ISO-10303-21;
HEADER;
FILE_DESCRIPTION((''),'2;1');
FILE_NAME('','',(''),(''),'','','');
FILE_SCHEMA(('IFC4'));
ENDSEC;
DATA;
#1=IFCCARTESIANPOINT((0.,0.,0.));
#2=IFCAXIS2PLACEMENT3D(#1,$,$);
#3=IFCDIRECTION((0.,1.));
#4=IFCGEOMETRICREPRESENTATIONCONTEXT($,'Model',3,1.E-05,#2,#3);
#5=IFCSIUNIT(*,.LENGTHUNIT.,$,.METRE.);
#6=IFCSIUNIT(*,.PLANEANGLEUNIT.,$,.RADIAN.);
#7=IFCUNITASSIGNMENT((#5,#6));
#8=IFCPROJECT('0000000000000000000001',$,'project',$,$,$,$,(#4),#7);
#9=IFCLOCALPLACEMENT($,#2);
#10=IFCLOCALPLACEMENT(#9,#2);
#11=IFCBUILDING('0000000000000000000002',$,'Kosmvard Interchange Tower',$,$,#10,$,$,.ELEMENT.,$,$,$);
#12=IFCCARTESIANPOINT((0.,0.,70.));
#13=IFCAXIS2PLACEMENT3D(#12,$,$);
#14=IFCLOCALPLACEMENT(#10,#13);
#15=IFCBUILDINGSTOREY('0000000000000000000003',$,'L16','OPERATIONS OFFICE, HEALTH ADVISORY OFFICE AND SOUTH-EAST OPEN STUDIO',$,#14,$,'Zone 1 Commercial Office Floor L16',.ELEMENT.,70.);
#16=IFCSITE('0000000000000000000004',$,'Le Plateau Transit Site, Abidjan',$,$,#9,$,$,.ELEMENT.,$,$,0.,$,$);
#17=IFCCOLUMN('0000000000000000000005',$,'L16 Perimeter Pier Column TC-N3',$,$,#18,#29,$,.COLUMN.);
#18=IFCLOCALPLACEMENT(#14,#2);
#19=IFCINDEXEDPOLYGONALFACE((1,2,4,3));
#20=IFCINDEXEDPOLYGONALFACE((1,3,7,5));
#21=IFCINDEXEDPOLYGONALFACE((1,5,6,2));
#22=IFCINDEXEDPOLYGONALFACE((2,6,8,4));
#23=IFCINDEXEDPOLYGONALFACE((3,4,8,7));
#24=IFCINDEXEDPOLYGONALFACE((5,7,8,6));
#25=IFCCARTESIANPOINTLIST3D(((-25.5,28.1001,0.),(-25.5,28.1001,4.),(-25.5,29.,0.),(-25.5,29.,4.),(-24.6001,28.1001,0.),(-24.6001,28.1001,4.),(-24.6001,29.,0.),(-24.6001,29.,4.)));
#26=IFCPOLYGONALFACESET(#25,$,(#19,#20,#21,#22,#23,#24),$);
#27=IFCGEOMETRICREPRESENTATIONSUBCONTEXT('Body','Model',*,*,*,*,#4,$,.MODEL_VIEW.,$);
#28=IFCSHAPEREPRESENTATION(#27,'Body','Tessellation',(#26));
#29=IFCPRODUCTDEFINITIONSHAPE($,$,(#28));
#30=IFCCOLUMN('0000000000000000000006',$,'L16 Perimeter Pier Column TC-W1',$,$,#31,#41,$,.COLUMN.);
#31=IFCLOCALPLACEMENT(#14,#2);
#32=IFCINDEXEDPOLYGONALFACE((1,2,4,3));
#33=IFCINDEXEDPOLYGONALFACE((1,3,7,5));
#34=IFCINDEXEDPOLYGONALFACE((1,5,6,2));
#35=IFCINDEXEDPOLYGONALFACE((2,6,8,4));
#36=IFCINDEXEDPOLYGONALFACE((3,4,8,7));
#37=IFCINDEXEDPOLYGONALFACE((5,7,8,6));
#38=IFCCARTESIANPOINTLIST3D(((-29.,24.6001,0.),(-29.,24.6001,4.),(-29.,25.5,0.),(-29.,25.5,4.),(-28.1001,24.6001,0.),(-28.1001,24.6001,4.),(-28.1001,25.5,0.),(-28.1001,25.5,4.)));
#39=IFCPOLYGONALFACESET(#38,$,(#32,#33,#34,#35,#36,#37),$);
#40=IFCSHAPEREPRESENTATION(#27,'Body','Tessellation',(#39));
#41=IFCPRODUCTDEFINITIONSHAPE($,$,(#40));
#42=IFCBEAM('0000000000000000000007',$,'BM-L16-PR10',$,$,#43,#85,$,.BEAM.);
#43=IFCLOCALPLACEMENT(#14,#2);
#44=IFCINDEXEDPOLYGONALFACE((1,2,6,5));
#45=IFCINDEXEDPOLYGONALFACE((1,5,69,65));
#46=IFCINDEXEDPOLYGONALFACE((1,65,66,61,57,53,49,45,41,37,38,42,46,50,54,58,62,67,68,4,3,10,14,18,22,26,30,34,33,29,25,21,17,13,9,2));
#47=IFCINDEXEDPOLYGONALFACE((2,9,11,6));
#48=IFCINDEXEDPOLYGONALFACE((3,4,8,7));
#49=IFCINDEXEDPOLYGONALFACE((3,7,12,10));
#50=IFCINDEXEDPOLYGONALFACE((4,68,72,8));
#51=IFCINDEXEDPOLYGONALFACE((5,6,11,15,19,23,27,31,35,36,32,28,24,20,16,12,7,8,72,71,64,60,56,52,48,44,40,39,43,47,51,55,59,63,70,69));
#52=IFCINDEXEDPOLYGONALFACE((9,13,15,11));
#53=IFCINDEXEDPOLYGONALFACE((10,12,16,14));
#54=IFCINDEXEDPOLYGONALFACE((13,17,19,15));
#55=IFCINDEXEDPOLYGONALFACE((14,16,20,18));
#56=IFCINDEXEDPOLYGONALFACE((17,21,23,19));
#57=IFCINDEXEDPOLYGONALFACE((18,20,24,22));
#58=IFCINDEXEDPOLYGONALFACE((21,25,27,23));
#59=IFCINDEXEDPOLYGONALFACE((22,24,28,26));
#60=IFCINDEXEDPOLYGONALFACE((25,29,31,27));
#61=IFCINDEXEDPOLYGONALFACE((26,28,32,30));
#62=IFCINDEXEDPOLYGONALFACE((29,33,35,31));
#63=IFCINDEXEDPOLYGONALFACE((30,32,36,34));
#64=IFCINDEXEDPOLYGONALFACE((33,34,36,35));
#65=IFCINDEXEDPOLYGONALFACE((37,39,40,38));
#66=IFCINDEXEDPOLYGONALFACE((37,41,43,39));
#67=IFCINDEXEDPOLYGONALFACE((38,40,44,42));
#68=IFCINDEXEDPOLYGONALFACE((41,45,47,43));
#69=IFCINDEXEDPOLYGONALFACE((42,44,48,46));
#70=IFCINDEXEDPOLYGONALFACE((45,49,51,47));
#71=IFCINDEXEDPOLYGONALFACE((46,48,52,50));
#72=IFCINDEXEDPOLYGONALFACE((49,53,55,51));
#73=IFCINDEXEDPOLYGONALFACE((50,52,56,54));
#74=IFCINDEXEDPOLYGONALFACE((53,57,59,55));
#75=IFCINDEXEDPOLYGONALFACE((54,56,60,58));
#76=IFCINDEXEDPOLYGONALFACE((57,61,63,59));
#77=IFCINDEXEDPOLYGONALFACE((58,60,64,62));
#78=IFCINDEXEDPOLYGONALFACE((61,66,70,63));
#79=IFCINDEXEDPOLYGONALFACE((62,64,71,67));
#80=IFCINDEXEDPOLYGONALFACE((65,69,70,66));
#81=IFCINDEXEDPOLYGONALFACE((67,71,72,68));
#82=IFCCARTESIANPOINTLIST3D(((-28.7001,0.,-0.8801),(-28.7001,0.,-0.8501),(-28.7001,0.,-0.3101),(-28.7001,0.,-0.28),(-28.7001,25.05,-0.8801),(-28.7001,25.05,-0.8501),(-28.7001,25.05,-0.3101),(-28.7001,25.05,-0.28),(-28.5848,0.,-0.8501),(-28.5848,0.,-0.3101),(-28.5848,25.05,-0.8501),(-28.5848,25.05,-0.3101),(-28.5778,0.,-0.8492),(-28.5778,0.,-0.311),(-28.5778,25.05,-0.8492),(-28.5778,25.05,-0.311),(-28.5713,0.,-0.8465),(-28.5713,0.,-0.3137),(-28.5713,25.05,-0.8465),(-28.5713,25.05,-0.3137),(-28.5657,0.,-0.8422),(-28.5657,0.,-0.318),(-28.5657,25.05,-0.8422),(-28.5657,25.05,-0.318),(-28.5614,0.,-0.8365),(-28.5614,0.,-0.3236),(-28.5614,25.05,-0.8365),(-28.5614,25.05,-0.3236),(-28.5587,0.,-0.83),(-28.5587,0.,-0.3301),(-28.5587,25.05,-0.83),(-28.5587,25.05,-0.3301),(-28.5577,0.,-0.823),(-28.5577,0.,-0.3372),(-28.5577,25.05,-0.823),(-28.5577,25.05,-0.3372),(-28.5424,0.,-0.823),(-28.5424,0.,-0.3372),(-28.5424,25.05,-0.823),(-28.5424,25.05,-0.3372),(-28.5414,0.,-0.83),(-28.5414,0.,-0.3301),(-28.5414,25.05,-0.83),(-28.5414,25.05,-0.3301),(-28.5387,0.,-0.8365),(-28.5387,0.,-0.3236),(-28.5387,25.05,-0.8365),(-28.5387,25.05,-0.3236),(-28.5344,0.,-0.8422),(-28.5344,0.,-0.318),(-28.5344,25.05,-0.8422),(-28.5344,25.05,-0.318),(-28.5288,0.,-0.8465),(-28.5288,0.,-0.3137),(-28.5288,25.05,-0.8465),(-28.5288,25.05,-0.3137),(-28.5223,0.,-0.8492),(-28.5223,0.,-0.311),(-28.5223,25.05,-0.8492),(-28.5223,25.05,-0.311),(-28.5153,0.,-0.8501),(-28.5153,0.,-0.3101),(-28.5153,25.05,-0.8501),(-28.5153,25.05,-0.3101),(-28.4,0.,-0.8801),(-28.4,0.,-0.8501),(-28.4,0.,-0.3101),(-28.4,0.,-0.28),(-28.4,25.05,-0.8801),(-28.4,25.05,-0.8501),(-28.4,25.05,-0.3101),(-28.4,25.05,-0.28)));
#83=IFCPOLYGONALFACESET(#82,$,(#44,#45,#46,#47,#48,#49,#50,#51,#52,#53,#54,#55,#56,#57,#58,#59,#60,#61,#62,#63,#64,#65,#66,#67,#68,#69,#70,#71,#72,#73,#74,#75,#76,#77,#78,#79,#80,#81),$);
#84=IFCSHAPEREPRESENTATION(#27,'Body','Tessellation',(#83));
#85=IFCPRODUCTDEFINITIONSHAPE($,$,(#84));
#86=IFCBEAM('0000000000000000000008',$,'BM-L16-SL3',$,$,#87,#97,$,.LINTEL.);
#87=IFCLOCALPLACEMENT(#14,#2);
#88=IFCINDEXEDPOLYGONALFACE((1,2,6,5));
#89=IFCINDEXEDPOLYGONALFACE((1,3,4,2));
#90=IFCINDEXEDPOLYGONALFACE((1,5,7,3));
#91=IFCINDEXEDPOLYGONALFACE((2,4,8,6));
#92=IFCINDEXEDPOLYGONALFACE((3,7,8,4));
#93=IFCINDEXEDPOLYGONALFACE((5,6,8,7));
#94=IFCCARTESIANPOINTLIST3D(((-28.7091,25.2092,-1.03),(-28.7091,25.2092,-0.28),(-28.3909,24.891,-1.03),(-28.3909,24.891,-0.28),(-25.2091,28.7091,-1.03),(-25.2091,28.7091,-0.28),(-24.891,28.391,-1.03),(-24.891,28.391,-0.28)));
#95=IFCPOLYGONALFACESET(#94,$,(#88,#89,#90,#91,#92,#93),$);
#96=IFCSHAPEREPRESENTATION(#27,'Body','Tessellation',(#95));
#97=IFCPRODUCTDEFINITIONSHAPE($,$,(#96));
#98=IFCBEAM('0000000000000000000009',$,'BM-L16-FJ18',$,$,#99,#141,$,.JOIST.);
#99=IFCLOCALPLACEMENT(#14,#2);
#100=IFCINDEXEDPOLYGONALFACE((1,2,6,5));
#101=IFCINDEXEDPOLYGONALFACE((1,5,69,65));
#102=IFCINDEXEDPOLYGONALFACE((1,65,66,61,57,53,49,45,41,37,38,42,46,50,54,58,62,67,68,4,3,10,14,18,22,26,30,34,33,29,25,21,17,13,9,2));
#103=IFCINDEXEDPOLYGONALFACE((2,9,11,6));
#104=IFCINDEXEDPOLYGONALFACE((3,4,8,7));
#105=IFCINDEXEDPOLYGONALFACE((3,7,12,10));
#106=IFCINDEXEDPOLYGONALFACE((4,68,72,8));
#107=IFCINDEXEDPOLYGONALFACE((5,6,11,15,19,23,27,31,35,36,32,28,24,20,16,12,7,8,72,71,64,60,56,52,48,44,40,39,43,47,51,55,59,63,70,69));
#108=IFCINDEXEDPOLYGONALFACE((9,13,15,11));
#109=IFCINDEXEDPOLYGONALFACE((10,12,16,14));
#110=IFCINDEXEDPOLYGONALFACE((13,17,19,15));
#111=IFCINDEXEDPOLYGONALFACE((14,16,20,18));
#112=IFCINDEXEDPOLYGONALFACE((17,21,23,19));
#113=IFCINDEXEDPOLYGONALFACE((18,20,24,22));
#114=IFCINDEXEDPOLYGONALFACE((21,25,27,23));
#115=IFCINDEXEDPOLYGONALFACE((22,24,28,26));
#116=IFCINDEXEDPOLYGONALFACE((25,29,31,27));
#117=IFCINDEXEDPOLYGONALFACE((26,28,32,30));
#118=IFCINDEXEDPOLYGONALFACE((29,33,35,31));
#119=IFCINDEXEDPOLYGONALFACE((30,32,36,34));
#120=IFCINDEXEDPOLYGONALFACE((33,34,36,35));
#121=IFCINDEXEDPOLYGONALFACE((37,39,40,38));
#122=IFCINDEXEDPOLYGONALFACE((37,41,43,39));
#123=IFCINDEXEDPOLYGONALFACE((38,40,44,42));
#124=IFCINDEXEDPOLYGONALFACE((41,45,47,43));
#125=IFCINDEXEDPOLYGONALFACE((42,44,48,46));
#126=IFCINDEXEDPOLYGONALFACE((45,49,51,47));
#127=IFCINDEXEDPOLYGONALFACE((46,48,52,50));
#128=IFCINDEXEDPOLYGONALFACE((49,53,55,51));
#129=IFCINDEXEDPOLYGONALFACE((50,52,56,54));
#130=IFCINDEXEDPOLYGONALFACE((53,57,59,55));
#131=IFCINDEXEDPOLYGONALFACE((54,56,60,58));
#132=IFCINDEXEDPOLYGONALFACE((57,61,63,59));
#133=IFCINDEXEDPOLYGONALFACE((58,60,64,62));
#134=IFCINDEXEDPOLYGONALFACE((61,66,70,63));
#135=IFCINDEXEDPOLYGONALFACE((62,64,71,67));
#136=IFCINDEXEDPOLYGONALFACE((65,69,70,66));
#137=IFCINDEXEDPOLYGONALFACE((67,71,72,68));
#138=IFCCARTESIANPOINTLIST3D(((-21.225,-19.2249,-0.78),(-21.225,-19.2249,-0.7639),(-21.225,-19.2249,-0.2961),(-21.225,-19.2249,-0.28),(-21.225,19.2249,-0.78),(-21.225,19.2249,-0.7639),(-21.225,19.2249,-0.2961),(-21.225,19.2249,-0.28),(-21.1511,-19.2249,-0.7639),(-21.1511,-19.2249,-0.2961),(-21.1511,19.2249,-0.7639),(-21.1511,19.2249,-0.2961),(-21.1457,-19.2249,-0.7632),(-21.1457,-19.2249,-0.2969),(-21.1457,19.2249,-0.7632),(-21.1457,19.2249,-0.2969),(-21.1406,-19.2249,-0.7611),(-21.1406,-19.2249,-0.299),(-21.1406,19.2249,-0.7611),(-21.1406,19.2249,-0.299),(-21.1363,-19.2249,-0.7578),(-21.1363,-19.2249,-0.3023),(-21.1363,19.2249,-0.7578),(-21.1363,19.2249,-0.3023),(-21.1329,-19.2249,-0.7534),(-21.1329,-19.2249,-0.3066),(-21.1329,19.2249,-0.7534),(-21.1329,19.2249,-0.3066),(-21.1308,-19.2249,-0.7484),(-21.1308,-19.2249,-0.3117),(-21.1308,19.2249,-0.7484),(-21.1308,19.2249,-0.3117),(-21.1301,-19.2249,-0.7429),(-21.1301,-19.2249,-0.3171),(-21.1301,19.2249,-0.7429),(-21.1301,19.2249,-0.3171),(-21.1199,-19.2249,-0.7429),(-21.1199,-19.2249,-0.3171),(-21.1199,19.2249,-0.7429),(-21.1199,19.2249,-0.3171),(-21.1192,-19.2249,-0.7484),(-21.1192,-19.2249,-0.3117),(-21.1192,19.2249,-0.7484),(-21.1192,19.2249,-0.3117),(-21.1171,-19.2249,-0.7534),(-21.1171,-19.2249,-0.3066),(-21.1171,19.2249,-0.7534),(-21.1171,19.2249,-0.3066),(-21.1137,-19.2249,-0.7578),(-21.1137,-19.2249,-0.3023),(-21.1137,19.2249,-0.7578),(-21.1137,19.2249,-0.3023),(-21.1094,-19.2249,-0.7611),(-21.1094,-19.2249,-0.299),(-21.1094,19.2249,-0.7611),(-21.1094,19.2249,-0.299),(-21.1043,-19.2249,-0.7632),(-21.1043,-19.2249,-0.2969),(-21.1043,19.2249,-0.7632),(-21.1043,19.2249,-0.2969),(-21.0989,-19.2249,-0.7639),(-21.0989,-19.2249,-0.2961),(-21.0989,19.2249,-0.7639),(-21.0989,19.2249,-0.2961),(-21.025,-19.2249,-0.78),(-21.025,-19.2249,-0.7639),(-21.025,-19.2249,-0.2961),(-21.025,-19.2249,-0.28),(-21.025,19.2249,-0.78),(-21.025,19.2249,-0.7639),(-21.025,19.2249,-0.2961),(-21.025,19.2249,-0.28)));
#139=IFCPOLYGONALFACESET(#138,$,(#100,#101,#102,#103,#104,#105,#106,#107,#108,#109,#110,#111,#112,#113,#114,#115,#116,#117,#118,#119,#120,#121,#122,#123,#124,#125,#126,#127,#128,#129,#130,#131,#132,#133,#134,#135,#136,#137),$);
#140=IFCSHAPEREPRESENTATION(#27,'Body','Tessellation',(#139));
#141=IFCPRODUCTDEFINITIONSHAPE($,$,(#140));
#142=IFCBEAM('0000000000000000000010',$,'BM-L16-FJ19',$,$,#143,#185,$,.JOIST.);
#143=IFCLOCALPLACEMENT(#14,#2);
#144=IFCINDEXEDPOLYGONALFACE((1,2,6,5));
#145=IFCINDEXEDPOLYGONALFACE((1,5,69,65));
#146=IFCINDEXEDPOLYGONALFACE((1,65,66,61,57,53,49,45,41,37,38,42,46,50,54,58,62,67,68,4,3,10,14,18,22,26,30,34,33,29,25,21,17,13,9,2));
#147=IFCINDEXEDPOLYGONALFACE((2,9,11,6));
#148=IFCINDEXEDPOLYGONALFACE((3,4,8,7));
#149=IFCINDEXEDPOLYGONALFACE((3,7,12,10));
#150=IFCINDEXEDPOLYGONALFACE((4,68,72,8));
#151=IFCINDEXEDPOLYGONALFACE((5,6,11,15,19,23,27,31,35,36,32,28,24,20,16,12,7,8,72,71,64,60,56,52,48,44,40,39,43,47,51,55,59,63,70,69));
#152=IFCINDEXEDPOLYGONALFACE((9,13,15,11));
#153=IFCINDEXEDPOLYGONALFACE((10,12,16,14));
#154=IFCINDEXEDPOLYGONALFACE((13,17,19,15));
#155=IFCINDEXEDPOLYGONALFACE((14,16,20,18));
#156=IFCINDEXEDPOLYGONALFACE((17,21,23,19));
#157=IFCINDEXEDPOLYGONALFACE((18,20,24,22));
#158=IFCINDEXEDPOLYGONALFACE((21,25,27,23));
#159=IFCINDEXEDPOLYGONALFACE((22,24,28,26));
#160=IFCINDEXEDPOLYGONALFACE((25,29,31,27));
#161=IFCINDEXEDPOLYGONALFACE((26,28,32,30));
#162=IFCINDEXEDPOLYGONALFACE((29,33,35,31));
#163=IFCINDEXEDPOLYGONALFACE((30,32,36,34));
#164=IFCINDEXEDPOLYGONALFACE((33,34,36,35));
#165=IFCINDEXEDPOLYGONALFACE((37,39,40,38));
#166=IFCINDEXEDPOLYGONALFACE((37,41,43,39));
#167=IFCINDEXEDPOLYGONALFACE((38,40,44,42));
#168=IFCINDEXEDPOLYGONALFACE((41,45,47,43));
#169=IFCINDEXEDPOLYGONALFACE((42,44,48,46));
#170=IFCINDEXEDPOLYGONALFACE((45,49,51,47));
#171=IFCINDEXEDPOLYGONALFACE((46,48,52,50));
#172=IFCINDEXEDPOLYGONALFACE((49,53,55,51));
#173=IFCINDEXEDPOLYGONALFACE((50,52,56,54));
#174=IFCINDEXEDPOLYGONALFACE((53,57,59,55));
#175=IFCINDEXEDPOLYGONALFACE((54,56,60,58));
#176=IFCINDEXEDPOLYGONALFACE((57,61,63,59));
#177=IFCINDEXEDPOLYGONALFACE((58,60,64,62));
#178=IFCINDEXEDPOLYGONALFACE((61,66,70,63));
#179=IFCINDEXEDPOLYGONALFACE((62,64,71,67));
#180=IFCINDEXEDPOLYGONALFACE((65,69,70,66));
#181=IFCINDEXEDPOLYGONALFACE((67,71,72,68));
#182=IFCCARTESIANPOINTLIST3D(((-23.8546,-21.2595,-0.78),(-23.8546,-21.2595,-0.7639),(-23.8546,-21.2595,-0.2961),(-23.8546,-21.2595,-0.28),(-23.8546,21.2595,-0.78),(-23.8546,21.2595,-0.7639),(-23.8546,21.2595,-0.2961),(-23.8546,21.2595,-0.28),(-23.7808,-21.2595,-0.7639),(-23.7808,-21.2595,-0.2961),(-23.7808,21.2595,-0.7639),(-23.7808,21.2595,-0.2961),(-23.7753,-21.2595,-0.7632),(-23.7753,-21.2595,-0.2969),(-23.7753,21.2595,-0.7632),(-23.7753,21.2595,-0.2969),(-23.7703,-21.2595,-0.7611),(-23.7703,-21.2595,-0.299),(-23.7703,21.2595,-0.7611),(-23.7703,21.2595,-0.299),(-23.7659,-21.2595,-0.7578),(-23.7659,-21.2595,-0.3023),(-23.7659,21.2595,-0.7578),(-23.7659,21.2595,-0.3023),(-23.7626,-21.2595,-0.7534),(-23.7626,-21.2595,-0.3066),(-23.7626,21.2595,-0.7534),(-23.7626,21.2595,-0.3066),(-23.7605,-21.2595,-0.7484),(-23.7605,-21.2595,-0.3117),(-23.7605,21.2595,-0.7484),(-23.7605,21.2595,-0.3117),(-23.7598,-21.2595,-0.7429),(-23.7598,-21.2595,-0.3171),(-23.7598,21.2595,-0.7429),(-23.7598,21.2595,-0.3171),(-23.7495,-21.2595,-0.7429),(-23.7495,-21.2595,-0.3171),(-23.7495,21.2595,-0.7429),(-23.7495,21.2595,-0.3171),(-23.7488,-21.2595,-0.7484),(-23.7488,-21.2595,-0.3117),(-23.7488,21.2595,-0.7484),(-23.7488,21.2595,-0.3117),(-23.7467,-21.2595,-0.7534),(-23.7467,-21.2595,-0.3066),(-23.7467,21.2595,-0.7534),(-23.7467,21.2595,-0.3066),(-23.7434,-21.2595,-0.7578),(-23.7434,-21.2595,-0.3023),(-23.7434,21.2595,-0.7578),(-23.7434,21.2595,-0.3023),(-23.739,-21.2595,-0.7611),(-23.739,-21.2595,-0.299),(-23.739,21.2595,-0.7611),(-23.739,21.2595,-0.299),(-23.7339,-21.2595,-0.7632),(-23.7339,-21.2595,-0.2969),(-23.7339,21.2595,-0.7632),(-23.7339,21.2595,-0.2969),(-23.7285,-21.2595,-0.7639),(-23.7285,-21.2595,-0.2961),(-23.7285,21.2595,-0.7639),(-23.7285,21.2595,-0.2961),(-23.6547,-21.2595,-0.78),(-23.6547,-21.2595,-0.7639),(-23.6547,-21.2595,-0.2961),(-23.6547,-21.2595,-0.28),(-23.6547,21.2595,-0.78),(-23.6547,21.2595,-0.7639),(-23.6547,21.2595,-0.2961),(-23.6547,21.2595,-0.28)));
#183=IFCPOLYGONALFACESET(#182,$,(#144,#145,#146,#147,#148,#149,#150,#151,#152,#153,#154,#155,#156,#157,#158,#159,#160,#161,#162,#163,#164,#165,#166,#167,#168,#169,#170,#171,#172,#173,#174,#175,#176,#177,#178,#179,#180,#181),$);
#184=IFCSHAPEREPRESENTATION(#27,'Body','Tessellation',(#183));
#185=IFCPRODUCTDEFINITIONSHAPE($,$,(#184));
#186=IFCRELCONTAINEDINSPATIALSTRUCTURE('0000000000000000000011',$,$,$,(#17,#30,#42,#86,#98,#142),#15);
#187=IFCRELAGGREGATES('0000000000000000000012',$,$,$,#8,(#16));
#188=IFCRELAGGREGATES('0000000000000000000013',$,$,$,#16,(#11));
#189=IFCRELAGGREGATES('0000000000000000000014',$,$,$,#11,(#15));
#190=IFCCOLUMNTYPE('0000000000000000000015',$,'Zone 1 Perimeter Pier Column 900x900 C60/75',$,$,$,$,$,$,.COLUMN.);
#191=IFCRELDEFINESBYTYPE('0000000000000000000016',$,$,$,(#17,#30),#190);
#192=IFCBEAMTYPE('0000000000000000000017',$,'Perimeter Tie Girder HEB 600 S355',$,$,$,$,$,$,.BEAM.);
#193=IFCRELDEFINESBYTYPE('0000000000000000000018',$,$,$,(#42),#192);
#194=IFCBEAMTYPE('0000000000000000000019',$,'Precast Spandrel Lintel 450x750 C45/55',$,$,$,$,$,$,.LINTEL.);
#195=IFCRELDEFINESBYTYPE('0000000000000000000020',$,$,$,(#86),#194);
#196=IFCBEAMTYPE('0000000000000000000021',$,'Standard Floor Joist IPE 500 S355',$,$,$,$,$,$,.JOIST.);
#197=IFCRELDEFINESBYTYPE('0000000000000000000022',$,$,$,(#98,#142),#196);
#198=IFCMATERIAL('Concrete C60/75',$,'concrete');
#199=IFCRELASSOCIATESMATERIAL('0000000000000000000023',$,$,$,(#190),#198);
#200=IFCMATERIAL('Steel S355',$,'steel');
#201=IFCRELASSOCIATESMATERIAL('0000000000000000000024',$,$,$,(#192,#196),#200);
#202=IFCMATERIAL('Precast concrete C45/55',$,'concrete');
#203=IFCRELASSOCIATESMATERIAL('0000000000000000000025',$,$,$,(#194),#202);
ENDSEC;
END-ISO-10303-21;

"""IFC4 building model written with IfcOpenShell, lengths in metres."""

from ifc_helpers import new_model, si_unit, direction, frame, origin, origin_2d, place, context, subcontext, project, spatial, rectangle, i_section, extrude, source, transform, mapped, material, material_profile, profile_set, type_object, element, save


model = new_model("IFC4")

# Units and contexts
model_context = context("Model", 3, precision=1e-05, world=origin(), true_north=direction((0.0, 1.0)))
body_context = subcontext(model_context, "Body", "Model", "MODEL_VIEW")
ifc_project = project(units=[si_unit("LENGTHUNIT", "METRE"), si_unit("PLANEANGLEUNIT", "RADIAN")], contexts=[model_context])

# Site, building, storey
site_placement = place(None, origin())
site = spatial("IfcSite", under=ifc_project, at=site_placement, Name="Le Plateau Transit Site, Abidjan", CompositionType="ELEMENT", RefElevation=0.0)
building_placement = place(site_placement, origin())
building = spatial("IfcBuilding", under=site, at=building_placement, Name="Kosmvard Interchange Tower", CompositionType="ELEMENT")
storey_placement = place(building_placement, frame((0.0, 0.0, 70.0)))
storey = spatial("IfcBuildingStorey", under=building, at=storey_placement, Name="L16", Description="OPERATIONS OFFICE, HEALTH ADVISORY OFFICE AND SOUTH-EAST OPEN STUDIO", LongName="Zone 1 Commercial Office Floor L16", CompositionType="ELEMENT", Elevation=70.0)

# Columns
ifc_material_1 = material(Name="Concrete C60/75", Category="concrete")
ifc_material_profile_1 = material_profile(ifc_material_1, rectangle(XDim=0.8999, YDim=0.8999, at=origin_2d()), Name="TC 900x900")
ifc_profile_set_1 = profile_set([ifc_material_profile_1], Name="Concrete C60/75")
column_type = type_object("IfcColumnType", Name="Zone 1 Perimeter Pier Column 900x900 C60/75", PredefinedType="COLUMN", material=ifc_profile_set_1)
shared_shape_1 = source(origin(), body_context, "Body", "SweptSolid", [
    extrude(rectangle(XDim=0.8999, YDim=0.8999, at=origin_2d()), origin(), (0.0, 0.0, 1.0), 4.0),
])
for number, where, z_axis, x_axis, name in (
    (1, (-25.05, 28.55, 0.0), (0.0, 0.0, 1.0), (1.0, 0.0, 0.0), "L16 Perimeter Pier Column TC-N3"),
    (2, (-28.55, 25.05, 0.0), (0.0, 0.0, 1.0), (1.0, 0.0, 0.0), "L16 Perimeter Pier Column TC-W1"),
):
    element("IfcColumn", number, at=place(storey_placement, frame(where, z_axis=z_axis, x_axis=x_axis)), inside=storey, type_object=column_type, Name=name, PredefinedType="COLUMN", context=body_context, shape_type="MappedRepresentation", body=[
        mapped(shared_shape_1, transform((0.0, 0.0, 0.0), scale=1.0)),
    ])

# Beams
ifc_material_2 = material(Name="Steel S355", Category="steel")
ifc_material_profile_2 = material_profile(ifc_material_2, i_section(OverallWidth=0.3, OverallDepth=0.6001, WebThickness=0.0154, FlangeThickness=0.03, FilletRadius=0.0271, at=origin_2d()), Name="HEB 600")
ifc_profile_set_2 = profile_set([ifc_material_profile_2], Name="Steel S355")
beam_type_1 = type_object("IfcBeamType", Name="Perimeter Tie Girder HEB 600 S355", PredefinedType="BEAM", material=ifc_profile_set_2)
shared_shape_2 = source(origin(), body_context, "Body", "SweptSolid", [
    extrude(i_section(OverallWidth=0.3, OverallDepth=0.6001, WebThickness=0.0154, FlangeThickness=0.03, FilletRadius=0.0271, at=origin_2d()), origin(), (0.0, 0.0, 1.0), 25.05),
])
beam_1_placement = place(storey_placement, frame((-28.55, 25.05, -0.5801), z_axis=(0.0, -1.0, 0.0), x_axis=(1.0, 0.0, 0.0)))
element("IfcBeam", 3, at=beam_1_placement, inside=storey, type_object=beam_type_1, Name="BM-L16-PR10", PredefinedType="BEAM", context=body_context, shape_type="MappedRepresentation", body=[
    mapped(shared_shape_2, transform((0.0, 0.0, 0.0), scale=1.0)),
])
ifc_material_3 = material(Name="Precast concrete C45/55", Category="concrete")
ifc_material_profile_3 = material_profile(ifc_material_3, rectangle(XDim=0.45, YDim=0.75, at=origin_2d()), Name="SL 450x750")
ifc_profile_set_3 = profile_set([ifc_material_profile_3], Name="Precast concrete C45/55")
beam_type_2 = type_object("IfcBeamType", Name="Precast Spandrel Lintel 450x750 C45/55", PredefinedType="LINTEL", material=ifc_profile_set_3)
shared_shape_3 = source(origin(), body_context, "Body", "SweptSolid", [
    extrude(rectangle(XDim=0.45, YDim=0.75, at=origin_2d()), origin(), (0.0, 0.0, 1.0), 4.9497),
])
beam_2_placement = place(storey_placement, frame((-25.05, 28.55, -0.655), z_axis=(-0.707107, -0.707107, 0.0), x_axis=(0.707107, -0.707107, 0.0)))
element("IfcBeam", 4, at=beam_2_placement, inside=storey, type_object=beam_type_2, Name="BM-L16-SL3", PredefinedType="LINTEL", context=body_context, shape_type="MappedRepresentation", body=[
    mapped(shared_shape_3, transform((0.0, 0.0, 0.0), scale=1.0)),
])
ifc_material_profile_4 = material_profile(ifc_material_2, i_section(OverallWidth=0.2, OverallDepth=0.5, WebThickness=0.0103, FlangeThickness=0.0161, FilletRadius=0.021, at=origin_2d()), Name="IPE 500")
ifc_profile_set_4 = profile_set([ifc_material_profile_4], Name="Steel S355")
beam_type_3 = type_object("IfcBeamType", Name="Standard Floor Joist IPE 500 S355", PredefinedType="JOIST", material=ifc_profile_set_4)
shared_shape_4 = source(origin(), body_context, "Body", "SweptSolid", [
    extrude(i_section(OverallWidth=0.2, OverallDepth=0.5, WebThickness=0.0103, FlangeThickness=0.0161, FilletRadius=0.021, at=origin_2d()), origin(), (0.0, 0.0, 1.0), 38.4497),
])
beam_3_placement = place(storey_placement, frame((-21.125, 19.2249, -0.53), z_axis=(0.0, -1.0, 0.0), x_axis=(1.0, 0.0, 0.0)))
element("IfcBeam", 5, at=beam_3_placement, inside=storey, type_object=beam_type_3, Name="BM-L16-FJ18", PredefinedType="JOIST", context=body_context, shape_type="MappedRepresentation", body=[
    mapped(shared_shape_4, transform((0.0, 0.0, 0.0), scale=1.0)),
])
shared_shape_5 = source(origin(), body_context, "Body", "SweptSolid", [
    extrude(i_section(OverallWidth=0.2, OverallDepth=0.5, WebThickness=0.0103, FlangeThickness=0.0161, FilletRadius=0.021, at=origin_2d()), origin(), (0.0, 0.0, 1.0), 42.519),
])
beam_4_placement = place(storey_placement, frame((-23.7546, 21.2595, -0.53), z_axis=(0.0, -1.0, 0.0), x_axis=(1.0, 0.0, 0.0)))
element("IfcBeam", 6, at=beam_4_placement, inside=storey, type_object=beam_type_3, Name="BM-L16-FJ19", PredefinedType="JOIST", context=body_context, shape_type="MappedRepresentation", body=[
    mapped(shared_shape_5, transform((0.0, 0.0, 0.0), scale=1.0)),
])

save(model, "model.ifc")
